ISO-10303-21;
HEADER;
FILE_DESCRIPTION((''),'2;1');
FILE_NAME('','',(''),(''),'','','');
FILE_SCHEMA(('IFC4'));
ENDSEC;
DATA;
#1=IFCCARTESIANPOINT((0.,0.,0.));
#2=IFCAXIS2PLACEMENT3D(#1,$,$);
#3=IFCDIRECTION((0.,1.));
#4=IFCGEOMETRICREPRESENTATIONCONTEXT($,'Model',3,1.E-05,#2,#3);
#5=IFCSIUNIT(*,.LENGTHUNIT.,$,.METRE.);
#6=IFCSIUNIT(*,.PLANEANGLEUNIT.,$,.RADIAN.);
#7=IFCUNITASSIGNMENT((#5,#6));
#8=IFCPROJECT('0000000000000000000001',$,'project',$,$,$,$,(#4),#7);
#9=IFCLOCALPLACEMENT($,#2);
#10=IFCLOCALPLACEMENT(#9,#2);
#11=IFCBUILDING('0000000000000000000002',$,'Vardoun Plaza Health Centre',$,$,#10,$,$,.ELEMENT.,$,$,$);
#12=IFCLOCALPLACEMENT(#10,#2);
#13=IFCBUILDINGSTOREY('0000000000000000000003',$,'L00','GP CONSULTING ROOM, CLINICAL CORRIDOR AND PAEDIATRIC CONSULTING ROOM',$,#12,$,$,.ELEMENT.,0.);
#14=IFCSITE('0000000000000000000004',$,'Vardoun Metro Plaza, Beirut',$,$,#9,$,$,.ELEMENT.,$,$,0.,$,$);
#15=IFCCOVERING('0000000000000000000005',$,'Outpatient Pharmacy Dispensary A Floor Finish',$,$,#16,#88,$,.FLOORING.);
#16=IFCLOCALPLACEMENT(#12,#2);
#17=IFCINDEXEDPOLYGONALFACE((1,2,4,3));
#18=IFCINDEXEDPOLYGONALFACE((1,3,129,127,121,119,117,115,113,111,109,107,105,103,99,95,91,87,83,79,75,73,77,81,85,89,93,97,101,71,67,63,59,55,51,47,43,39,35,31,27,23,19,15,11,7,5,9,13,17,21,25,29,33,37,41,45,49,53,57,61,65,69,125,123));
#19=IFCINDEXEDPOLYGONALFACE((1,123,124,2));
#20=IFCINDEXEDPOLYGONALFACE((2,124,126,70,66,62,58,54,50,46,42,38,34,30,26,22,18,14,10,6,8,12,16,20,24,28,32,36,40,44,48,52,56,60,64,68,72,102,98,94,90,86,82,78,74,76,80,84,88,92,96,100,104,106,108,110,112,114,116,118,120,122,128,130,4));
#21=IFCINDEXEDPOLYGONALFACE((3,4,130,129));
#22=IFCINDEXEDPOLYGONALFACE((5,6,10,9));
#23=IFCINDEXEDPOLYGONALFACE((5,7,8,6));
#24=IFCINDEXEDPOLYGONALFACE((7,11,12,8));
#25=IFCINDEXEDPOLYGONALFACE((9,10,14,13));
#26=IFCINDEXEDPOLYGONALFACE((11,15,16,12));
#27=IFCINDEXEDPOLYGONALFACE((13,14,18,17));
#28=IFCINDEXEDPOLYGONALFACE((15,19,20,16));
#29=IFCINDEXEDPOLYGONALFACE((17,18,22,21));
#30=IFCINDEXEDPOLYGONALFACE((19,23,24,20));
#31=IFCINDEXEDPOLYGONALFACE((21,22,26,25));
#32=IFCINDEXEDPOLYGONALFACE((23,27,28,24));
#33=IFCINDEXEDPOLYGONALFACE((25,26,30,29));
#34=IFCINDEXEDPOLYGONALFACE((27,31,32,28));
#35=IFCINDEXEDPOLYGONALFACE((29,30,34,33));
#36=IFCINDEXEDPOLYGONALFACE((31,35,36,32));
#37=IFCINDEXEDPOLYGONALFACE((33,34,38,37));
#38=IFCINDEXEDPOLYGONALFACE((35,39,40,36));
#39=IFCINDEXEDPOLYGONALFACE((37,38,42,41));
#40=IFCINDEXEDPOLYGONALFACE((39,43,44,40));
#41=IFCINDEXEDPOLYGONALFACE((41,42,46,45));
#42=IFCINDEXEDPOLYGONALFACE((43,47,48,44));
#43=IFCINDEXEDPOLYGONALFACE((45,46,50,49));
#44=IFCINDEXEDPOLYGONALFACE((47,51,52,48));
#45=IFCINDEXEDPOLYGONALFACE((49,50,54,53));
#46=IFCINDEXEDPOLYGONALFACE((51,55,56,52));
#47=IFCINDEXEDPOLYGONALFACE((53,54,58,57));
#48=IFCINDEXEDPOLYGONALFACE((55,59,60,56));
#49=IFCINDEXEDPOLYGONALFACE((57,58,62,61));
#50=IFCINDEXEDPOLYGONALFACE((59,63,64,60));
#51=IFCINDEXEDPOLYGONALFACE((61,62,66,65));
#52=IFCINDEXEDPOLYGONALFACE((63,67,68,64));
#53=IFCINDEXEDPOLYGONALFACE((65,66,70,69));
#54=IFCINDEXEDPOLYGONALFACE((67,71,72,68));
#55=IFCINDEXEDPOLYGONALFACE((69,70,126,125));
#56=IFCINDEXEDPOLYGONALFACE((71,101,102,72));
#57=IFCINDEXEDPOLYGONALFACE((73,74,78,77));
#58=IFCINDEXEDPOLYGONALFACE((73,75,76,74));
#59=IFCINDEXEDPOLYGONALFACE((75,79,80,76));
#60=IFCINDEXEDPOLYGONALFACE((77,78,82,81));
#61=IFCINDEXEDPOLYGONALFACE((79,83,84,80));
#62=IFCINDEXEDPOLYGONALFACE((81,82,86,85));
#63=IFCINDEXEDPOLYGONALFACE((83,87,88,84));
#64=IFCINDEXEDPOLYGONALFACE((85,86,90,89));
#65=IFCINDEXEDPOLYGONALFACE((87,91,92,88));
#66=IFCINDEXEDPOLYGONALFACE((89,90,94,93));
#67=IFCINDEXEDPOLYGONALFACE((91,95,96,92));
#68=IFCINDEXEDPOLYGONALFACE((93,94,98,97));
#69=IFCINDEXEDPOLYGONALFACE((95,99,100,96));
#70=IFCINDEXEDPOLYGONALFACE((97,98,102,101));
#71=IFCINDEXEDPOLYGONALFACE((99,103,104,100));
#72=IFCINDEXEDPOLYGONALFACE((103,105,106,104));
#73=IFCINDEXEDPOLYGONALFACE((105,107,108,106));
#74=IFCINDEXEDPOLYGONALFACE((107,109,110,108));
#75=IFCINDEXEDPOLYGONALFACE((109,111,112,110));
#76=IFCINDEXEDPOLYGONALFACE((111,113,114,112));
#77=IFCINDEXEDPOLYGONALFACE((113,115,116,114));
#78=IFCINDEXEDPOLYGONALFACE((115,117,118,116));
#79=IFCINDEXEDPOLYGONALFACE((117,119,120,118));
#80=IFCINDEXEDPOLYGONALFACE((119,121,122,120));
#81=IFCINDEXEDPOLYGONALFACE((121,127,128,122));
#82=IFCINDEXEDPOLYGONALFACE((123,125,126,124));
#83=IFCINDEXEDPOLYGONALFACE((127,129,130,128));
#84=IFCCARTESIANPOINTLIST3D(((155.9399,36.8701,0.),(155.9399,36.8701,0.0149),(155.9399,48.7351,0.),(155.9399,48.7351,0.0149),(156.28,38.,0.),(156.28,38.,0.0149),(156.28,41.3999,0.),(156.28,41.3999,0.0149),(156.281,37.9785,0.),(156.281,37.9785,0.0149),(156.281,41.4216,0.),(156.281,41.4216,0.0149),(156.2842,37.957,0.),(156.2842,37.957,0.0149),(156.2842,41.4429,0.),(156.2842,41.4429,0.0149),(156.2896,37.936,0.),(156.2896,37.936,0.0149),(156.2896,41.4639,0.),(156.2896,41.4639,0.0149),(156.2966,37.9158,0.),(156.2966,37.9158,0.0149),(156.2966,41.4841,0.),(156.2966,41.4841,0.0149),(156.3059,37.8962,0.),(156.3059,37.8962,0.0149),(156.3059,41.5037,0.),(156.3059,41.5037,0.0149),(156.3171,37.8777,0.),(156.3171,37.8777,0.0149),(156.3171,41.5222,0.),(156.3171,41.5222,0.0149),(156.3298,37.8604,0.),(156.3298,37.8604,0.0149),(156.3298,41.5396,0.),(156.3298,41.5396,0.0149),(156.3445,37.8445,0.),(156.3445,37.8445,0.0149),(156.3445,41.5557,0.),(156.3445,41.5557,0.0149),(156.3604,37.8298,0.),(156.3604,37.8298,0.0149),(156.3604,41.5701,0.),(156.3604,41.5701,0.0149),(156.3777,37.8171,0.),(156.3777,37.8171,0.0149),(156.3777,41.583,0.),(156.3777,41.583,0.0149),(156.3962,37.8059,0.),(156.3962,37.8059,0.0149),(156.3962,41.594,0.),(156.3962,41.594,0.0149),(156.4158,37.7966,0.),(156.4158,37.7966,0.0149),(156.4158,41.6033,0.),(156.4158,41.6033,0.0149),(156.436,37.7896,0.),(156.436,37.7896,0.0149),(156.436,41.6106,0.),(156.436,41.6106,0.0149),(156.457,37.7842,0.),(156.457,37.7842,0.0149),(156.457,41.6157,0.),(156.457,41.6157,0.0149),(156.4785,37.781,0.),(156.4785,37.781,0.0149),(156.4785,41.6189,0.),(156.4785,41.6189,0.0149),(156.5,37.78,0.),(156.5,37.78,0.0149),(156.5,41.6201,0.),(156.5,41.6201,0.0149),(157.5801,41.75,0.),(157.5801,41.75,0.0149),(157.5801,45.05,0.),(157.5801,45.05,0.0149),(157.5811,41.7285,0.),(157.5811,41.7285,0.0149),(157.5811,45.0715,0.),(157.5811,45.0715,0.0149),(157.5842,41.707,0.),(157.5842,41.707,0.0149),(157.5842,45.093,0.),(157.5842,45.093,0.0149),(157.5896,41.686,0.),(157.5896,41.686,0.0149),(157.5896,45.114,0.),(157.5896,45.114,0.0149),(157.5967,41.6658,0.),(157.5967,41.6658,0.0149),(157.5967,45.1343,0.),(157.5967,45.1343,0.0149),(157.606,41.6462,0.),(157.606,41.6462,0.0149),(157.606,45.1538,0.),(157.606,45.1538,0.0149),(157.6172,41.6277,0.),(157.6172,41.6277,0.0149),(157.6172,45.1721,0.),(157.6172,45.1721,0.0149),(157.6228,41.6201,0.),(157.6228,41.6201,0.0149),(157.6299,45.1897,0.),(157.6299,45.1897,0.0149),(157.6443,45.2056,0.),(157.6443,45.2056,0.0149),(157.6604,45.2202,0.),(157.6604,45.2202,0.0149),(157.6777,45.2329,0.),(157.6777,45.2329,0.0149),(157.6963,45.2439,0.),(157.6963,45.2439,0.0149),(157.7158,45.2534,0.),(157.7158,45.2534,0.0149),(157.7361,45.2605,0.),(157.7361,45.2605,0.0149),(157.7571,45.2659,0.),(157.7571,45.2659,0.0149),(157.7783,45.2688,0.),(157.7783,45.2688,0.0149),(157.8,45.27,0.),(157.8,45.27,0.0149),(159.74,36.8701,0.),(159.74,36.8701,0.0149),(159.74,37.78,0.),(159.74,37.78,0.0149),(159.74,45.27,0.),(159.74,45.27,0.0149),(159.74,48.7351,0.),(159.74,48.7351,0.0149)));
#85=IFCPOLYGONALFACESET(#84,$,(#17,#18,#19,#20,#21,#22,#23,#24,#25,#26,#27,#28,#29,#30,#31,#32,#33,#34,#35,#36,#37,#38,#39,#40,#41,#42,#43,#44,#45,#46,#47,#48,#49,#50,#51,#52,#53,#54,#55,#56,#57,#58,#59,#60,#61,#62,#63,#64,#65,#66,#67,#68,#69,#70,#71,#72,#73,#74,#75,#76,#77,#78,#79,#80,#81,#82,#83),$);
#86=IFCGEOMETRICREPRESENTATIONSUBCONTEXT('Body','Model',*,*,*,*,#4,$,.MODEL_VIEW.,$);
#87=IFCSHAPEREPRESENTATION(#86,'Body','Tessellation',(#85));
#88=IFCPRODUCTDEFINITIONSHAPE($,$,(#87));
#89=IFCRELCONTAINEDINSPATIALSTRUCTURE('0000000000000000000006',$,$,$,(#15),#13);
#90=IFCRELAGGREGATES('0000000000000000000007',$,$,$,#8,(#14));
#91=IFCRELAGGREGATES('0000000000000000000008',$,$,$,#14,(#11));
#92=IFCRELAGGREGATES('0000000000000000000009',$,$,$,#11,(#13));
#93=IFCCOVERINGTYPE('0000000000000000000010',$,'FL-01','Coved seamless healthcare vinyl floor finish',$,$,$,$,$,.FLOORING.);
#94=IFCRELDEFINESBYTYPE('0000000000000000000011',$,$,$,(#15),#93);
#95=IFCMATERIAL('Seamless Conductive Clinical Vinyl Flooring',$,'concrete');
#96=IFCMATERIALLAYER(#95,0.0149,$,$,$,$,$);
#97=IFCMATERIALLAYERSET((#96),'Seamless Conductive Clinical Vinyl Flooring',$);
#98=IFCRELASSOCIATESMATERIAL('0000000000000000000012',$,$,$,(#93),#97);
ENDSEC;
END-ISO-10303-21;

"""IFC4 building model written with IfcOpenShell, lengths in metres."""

from ifc_helpers import new_model, si_unit, direction, origin, place, context, subcontext, project, spatial, polyline, outline, extrude, material, layer, layer_set, type_object, element, save


model = new_model("IFC4")

# Units and contexts
model_context = context("Model", 3, precision=1e-05, world=origin(), true_north=direction((0.0, 1.0)))
body_context = subcontext(model_context, "Body", "Model", "MODEL_VIEW")
ifc_project = project(units=[si_unit("LENGTHUNIT", "METRE"), si_unit("PLANEANGLEUNIT", "RADIAN")], contexts=[model_context])

# Site, building, storey
site_placement = place(None, origin())
site = spatial("IfcSite", under=ifc_project, at=site_placement, Name="Vardoun Metro Plaza, Beirut", CompositionType="ELEMENT", RefElevation=0.0)
building_placement = place(site_placement, origin())
building = spatial("IfcBuilding", under=site, at=building_placement, Name="Vardoun Plaza Health Centre", CompositionType="ELEMENT")
storey_placement = place(building_placement, origin())
storey = spatial("IfcBuildingStorey", under=building, at=storey_placement, Name="L00", Description="GP CONSULTING ROOM, CLINICAL CORRIDOR AND PAEDIATRIC CONSULTING ROOM", CompositionType="ELEMENT", Elevation=0.0)

# Covering
ifc_material_1 = material(Name="Seamless Conductive Clinical Vinyl Flooring", Category="concrete")
ifc_layer_1 = layer(ifc_material_1, 0.0149)
ifc_layer_set_1 = layer_set([ifc_layer_1], Name="Seamless Conductive Clinical Vinyl Flooring")
covering_type_1 = type_object("IfcCoveringType", Name="FL-01", Description="Coved seamless healthcare vinyl floor finish", PredefinedType="FLOORING", material=ifc_layer_set_1)
covering_1_placement = place(storey_placement, origin())
element("IfcCovering", 1, at=covering_1_placement, inside=storey, type_object=covering_type_1, Name="Outpatient Pharmacy Dispensary A Floor Finish", PredefinedType="FLOORING", context=body_context, shape_type="SweptSolid", body=[
    extrude(outline(polyline([(157.6228, 41.6201), (156.5, 41.6201), (156.4785, 41.6189), (156.457, 41.6157), (156.436, 41.6106), (156.4158, 41.6033), (156.3962, 41.594), (156.3777, 41.583), (156.3604, 41.5701), (156.3445, 41.5557), (156.3298, 41.5396), (156.3171, 41.5222), (156.3059, 41.5037), (156.2966, 41.4841), (156.2896, 41.4639), (156.2842, 41.4429), (156.281, 41.4216), (156.28, 41.3999), (156.28, 38.0), (156.281, 37.9785), (156.2842, 37.957), (156.2896, 37.936), (156.2966, 37.9158), (156.3059, 37.8962), (156.3171, 37.8777), (156.3298, 37.8604), (156.3445, 37.8445), (156.3604, 37.8298), (156.3777, 37.8171), (156.3962, 37.8059), (156.4158, 37.7966), (156.436, 37.7896), (156.457, 37.7842), (156.4785, 37.781), (156.5, 37.78), (159.74, 37.78), (159.74, 36.8701), (155.9399, 36.8701), (155.9399, 48.7351), (159.74, 48.7351), (159.74, 45.27), (157.8, 45.27), (157.7783, 45.2688), (157.7571, 45.2659), (157.7361, 45.2605), (157.7158, 45.2534), (157.6963, 45.2439), (157.6777, 45.2329), (157.6604, 45.2202), (157.6443, 45.2056), (157.6299, 45.1897), (157.6172, 45.1721), (157.606, 45.1538), (157.5967, 45.1343), (157.5896, 45.114), (157.5842, 45.093), (157.5811, 45.0715), (157.5801, 45.05), (157.5801, 41.75), (157.5811, 41.7285), (157.5842, 41.707), (157.5896, 41.686), (157.5967, 41.6658), (157.606, 41.6462), (157.6172, 41.6277), (157.6228, 41.6201)])), origin(), (0.0, 0.0, 1.0), 0.0149),
])

save(model, "model.ifc")
